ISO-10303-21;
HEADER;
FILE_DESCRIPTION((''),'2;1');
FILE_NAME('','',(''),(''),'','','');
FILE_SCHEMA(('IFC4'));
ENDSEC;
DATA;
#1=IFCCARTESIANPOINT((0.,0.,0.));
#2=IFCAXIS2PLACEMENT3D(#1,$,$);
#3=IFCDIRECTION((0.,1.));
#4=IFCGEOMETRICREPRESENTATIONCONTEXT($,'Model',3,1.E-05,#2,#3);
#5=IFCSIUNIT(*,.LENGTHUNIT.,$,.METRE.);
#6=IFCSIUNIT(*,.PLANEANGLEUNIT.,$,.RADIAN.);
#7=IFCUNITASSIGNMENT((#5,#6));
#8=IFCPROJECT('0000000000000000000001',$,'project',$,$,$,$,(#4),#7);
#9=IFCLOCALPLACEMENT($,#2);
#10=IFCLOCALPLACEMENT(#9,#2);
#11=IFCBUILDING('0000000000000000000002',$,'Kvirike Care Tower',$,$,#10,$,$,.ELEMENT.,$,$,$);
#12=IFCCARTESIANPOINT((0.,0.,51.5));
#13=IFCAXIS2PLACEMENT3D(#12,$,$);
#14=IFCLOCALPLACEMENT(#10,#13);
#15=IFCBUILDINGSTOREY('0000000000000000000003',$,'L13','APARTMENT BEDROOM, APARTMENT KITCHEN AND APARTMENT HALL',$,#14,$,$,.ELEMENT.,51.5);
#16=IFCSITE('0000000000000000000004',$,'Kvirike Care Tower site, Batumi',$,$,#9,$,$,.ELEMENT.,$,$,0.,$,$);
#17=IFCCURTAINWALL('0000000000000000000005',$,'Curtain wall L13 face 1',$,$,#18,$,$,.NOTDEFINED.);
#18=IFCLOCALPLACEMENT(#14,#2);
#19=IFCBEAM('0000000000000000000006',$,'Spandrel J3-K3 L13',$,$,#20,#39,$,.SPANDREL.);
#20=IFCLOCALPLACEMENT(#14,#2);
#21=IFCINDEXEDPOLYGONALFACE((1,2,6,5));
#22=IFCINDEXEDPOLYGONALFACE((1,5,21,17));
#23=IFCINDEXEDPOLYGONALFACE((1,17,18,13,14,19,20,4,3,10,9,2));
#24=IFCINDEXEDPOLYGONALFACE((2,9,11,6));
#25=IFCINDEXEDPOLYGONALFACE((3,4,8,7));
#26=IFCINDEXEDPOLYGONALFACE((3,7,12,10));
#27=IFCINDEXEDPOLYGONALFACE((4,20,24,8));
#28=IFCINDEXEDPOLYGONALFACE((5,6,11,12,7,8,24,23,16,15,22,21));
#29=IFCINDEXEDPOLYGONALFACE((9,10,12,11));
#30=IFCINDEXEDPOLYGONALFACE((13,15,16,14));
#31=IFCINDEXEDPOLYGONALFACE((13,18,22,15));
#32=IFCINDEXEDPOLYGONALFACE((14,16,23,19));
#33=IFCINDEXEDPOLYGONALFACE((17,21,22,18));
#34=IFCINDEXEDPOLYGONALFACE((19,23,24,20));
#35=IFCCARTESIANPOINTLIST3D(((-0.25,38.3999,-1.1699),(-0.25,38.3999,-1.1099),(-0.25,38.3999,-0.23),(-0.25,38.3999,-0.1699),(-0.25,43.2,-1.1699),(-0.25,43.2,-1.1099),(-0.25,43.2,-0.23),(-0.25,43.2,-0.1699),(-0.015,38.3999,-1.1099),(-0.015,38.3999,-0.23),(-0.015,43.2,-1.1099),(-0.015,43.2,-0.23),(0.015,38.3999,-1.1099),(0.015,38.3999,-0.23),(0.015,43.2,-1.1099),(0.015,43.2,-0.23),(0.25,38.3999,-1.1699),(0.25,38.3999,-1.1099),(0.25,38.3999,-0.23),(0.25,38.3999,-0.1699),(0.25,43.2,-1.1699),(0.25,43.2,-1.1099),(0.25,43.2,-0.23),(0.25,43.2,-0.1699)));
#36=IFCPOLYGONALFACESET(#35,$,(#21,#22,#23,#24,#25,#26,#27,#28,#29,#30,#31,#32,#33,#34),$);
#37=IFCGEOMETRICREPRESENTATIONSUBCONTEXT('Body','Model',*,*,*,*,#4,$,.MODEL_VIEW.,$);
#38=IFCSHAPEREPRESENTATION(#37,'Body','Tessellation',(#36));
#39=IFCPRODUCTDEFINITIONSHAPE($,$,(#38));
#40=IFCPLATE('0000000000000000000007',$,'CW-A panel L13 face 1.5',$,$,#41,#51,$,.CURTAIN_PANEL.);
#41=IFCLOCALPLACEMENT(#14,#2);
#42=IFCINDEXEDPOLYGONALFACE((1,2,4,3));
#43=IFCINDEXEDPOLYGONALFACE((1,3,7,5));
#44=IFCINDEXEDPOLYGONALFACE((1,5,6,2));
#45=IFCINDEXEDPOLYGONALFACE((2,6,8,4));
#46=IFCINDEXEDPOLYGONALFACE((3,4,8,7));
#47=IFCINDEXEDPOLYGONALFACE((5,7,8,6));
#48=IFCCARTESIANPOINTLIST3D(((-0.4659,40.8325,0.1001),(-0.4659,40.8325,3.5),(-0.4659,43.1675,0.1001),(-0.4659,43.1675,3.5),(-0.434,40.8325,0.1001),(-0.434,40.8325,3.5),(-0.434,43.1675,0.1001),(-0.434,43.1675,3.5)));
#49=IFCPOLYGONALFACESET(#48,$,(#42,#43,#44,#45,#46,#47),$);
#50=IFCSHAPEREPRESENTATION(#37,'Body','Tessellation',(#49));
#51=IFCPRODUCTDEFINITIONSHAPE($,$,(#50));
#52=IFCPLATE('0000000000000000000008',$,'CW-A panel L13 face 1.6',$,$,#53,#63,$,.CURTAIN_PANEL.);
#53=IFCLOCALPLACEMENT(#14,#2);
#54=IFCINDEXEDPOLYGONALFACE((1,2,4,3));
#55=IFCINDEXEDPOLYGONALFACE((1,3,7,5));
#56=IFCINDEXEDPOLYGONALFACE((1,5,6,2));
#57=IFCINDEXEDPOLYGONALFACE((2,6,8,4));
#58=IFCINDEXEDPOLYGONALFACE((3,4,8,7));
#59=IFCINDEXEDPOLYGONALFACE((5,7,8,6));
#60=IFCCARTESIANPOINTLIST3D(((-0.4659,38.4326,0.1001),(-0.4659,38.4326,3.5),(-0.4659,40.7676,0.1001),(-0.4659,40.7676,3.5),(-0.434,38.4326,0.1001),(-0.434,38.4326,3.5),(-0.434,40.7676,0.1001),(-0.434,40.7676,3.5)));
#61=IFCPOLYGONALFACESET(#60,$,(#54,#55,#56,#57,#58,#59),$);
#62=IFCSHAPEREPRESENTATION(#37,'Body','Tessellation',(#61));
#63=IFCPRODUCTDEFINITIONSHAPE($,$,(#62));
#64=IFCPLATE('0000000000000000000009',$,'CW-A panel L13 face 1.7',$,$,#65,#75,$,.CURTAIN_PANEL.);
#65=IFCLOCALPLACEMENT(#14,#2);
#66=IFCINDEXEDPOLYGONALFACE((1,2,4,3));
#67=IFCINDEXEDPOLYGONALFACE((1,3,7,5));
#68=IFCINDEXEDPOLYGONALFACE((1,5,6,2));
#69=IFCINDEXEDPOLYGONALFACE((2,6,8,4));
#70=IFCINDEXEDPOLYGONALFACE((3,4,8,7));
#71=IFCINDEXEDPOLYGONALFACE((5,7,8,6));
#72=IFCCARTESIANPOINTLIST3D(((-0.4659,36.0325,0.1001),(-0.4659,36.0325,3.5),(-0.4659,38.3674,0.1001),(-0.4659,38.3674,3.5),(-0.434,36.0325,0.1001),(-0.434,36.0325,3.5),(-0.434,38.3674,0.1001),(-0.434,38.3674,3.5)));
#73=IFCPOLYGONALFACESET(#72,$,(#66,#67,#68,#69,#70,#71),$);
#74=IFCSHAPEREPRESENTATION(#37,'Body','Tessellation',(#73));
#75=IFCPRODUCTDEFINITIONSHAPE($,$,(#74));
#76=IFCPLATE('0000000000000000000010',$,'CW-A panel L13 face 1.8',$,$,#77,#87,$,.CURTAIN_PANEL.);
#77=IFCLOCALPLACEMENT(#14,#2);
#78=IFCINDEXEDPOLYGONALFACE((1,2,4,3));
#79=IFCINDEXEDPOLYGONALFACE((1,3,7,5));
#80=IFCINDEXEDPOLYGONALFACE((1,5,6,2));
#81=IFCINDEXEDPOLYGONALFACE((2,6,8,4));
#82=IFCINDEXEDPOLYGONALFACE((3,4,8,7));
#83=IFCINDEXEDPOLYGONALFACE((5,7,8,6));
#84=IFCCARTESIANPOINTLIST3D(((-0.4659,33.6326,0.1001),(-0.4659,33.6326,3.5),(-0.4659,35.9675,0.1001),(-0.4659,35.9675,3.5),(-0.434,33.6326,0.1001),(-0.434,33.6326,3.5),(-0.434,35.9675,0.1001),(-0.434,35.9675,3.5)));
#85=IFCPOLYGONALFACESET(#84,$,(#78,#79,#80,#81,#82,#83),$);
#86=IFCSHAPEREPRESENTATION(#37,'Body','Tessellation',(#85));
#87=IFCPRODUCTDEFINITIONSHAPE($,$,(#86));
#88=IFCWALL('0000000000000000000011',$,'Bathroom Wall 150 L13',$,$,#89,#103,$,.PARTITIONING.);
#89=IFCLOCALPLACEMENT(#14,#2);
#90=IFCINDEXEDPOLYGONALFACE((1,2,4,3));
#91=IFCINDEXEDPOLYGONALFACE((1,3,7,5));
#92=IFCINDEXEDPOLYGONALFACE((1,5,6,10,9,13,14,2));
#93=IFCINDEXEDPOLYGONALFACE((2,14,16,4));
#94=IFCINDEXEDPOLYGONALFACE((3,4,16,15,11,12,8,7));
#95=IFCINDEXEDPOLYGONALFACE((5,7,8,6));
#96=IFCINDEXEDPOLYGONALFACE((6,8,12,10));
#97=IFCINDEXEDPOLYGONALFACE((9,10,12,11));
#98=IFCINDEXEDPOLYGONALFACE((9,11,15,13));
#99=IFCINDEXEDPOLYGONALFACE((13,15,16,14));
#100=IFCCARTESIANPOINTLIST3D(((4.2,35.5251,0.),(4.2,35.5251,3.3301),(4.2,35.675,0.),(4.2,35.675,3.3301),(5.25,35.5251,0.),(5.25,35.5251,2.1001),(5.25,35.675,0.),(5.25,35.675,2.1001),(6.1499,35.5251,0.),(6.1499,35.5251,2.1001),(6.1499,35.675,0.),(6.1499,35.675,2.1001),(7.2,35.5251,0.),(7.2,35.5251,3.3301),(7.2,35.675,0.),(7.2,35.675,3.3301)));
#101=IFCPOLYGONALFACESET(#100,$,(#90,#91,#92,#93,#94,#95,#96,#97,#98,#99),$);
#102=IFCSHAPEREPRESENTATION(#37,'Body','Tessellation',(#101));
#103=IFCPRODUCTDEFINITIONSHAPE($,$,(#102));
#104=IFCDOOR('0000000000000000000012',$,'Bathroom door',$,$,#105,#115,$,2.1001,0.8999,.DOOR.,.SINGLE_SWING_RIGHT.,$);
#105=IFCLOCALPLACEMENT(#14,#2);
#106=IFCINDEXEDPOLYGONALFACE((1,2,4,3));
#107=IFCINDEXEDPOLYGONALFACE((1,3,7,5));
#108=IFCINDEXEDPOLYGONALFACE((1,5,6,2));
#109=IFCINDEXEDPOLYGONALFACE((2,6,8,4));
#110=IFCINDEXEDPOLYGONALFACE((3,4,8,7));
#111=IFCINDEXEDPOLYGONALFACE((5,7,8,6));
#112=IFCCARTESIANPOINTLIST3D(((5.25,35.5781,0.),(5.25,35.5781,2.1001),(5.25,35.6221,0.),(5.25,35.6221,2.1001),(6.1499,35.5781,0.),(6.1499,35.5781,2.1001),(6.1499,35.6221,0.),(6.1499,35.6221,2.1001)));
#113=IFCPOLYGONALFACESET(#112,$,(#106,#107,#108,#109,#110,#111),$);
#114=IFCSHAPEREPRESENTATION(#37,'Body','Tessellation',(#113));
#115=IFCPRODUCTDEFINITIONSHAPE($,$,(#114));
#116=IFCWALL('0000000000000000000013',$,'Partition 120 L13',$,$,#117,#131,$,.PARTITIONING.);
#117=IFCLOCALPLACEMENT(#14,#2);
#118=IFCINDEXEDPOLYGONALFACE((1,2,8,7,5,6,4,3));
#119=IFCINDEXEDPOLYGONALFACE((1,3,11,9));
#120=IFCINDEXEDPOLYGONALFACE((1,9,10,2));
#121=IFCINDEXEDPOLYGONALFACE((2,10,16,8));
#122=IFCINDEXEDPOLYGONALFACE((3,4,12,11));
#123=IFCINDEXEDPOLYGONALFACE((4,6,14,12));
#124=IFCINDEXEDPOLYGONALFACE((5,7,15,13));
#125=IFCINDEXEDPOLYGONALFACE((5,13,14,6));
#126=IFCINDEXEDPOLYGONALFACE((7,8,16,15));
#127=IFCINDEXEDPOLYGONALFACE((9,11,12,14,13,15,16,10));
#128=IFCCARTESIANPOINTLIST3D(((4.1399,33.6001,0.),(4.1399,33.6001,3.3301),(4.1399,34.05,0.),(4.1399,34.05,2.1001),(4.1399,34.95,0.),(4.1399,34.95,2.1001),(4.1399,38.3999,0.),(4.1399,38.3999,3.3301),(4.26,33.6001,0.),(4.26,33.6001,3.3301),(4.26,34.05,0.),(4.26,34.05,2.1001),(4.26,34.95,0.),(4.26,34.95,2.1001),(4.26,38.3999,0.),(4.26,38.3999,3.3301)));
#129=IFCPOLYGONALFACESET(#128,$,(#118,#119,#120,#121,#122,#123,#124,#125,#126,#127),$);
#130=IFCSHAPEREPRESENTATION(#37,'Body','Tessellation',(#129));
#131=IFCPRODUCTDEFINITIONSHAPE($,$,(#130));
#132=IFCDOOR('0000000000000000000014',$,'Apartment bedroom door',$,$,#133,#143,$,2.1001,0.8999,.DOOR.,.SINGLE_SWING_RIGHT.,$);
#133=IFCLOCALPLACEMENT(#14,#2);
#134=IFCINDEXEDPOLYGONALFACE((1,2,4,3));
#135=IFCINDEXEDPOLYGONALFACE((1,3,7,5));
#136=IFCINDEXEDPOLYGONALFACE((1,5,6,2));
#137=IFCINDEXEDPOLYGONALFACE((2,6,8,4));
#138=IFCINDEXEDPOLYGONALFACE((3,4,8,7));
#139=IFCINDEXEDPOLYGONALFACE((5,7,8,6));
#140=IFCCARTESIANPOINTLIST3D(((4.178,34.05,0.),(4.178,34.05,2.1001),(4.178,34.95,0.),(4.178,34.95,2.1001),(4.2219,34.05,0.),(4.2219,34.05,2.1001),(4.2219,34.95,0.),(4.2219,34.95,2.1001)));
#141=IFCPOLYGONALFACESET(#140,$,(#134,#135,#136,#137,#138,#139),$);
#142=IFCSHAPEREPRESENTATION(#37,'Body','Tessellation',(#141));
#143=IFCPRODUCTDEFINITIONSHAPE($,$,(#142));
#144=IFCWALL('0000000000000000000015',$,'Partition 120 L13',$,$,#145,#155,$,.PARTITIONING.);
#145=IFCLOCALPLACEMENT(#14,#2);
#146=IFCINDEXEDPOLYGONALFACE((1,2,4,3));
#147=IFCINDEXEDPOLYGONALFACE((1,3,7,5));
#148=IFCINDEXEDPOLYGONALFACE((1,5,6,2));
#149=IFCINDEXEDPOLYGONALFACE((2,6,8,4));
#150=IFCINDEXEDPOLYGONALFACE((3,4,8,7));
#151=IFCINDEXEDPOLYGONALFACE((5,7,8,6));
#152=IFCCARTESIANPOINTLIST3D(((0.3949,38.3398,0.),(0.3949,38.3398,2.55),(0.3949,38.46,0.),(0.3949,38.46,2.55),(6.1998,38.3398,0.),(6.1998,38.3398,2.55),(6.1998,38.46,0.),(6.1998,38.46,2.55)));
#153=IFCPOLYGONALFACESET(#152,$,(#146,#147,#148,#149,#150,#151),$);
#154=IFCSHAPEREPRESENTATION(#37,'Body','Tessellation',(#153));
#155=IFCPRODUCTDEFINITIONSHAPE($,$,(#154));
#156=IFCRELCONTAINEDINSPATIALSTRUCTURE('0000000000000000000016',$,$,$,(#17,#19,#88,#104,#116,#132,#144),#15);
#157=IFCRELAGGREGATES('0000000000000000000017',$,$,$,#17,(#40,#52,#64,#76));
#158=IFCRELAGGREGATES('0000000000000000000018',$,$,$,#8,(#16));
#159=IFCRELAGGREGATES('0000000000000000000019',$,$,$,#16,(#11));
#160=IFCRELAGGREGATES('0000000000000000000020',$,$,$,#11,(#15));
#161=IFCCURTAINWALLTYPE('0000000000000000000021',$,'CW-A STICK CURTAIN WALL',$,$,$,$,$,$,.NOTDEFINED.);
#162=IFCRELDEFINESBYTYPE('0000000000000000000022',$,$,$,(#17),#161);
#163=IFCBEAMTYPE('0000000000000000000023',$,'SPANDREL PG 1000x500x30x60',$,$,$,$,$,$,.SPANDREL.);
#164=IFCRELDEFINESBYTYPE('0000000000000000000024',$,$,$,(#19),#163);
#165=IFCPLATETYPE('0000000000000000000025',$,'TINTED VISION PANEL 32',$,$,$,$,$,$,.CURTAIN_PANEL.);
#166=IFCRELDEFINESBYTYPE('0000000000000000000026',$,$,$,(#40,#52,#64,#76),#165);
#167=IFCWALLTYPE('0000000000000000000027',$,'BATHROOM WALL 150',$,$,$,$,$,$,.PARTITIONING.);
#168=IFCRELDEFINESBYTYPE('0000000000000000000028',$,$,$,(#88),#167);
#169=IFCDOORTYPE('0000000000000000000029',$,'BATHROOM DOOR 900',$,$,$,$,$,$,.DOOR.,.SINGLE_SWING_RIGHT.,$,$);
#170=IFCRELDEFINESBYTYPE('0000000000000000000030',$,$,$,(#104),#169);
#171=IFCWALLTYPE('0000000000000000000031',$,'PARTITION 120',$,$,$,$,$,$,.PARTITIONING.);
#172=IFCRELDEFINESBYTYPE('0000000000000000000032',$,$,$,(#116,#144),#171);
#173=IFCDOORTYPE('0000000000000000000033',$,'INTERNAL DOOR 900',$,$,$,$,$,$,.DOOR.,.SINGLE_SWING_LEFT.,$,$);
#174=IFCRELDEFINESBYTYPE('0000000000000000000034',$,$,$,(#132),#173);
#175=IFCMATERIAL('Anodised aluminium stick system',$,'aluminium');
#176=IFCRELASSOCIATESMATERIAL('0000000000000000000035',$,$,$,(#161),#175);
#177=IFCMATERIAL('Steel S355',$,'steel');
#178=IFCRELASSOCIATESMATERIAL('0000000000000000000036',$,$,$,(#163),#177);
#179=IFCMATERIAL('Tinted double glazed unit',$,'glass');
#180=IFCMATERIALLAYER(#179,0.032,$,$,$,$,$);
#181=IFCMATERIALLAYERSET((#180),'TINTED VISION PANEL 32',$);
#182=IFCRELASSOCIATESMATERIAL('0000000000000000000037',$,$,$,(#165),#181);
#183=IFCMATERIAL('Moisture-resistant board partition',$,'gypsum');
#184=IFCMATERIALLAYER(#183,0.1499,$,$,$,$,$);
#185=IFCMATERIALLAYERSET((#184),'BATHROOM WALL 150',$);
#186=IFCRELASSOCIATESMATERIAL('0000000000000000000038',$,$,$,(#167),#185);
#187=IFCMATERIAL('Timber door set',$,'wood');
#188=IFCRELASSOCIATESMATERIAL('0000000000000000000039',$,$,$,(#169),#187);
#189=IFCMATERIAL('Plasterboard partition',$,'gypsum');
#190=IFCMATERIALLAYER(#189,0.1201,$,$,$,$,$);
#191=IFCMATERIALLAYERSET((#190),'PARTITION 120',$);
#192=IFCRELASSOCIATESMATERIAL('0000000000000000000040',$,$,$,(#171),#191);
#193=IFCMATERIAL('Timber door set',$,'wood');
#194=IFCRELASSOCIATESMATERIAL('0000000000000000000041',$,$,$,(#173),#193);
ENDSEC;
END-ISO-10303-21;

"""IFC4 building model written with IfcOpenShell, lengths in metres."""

from ifc_helpers import new_model, si_unit, direction, frame, frame_2d, origin, origin_2d, place, context, subcontext, project, spatial, rectangle, i_section, extrude, material, layer, layer_set, material_profile, profile_set, type_object, element, fill, aggregate, save


model = new_model("IFC4")

# Units and contexts
model_context = context("Model", 3, precision=1e-05, world=origin(), true_north=direction((0.0, 1.0)))
body_context = subcontext(model_context, "Body", "Model", "MODEL_VIEW")
ifc_project = project(units=[si_unit("LENGTHUNIT", "METRE"), si_unit("PLANEANGLEUNIT", "RADIAN")], contexts=[model_context])

# Site, building, storey
site_placement = place(None, origin())
site = spatial("IfcSite", under=ifc_project, at=site_placement, Name="Kvirike Care Tower site, Batumi", CompositionType="ELEMENT", RefElevation=0.0)
building_placement = place(site_placement, origin())
building = spatial("IfcBuilding", under=site, at=building_placement, Name="Kvirike Care Tower", CompositionType="ELEMENT")
storey_placement = place(building_placement, frame((0.0, 0.0, 51.5)))
storey = spatial("IfcBuildingStorey", under=building, at=storey_placement, Name="L13", Description="APARTMENT BEDROOM, APARTMENT KITCHEN AND APARTMENT HALL", CompositionType="ELEMENT", Elevation=51.5)

# Curtain wall
ifc_material_1 = material(Name="Anodised aluminium stick system", Category="aluminium")
curtain_wall_type = type_object("IfcCurtainWallType", Name="CW-A STICK CURTAIN WALL", PredefinedType="NOTDEFINED", material=ifc_material_1)
curtain_wall_placement = place(storey_placement, origin())
curtain_wall = element("IfcCurtainWall", 1, at=curtain_wall_placement, inside=storey, type_object=curtain_wall_type, Name="Curtain wall L13 face 1", PredefinedType="NOTDEFINED")

# Beam
ifc_material_2 = material(Name="Steel S355", Category="steel")
ifc_material_profile_1 = material_profile(ifc_material_2, i_section(OverallWidth=0.5, OverallDepth=1.0, WebThickness=0.03, FlangeThickness=0.0601, at=origin_2d()), Name="PG 1000x500x30x60")
ifc_profile_set_1 = profile_set([ifc_material_profile_1], Name="Steel S355")
beam_type_1 = type_object("IfcBeamType", Name="SPANDREL PG 1000x500x30x60", PredefinedType="SPANDREL", material=ifc_profile_set_1)
beam_1_placement = place(storey_placement, frame((0.0, 38.3999, -0.6699), z_axis=(0.0, 1.0, 0.0), x_axis=(-1.0, 0.0, 0.0)))
element("IfcBeam", 2, at=beam_1_placement, inside=storey, type_object=beam_type_1, Name="Spandrel J3-K3 L13", PredefinedType="SPANDREL", context=body_context, shape_type="SweptSolid", body=[
    extrude(i_section(OverallWidth=0.5, OverallDepth=1.0, WebThickness=0.03, FlangeThickness=0.0601, at=origin_2d()), origin(), (0.0, 0.0, 1.0), 4.8),
])

# Plates
ifc_material_3 = material(Name="Tinted double glazed unit", Category="glass")
ifc_layer_1 = layer(ifc_material_3, 0.032)
ifc_layer_set_1 = layer_set([ifc_layer_1], Name="TINTED VISION PANEL 32")
plate_type = type_object("IfcPlateType", Name="TINTED VISION PANEL 32", PredefinedType="CURTAIN_PANEL", material=ifc_layer_set_1)
plate_1_placement = place(storey_placement, frame((-0.45, 42.0, 0.1001), z_axis=(0.0, 0.0, 1.0), x_axis=(0.0, -1.0, 0.0)))
plate_1 = element("IfcPlate", 3, at=plate_1_placement, type_object=plate_type, Name="CW-A panel L13 face 1.5", PredefinedType="CURTAIN_PANEL", context=body_context, shape_type="SweptSolid", body=[
    extrude(rectangle(XDim=2.335, YDim=0.032, at=origin_2d()), origin(), (0.0, 0.0, 1.0), 3.3999),
])
plate_2_placement = place(storey_placement, frame((-0.45, 39.6001, 0.1001), z_axis=(0.0, 0.0, 1.0), x_axis=(0.0, -1.0, 0.0)))
plate_2 = element("IfcPlate", 4, at=plate_2_placement, type_object=plate_type, Name="CW-A panel L13 face 1.6", PredefinedType="CURTAIN_PANEL", context=body_context, shape_type="SweptSolid", body=[
    extrude(rectangle(XDim=2.335, YDim=0.032, at=origin_2d()), origin(), (0.0, 0.0, 1.0), 3.3999),
])
plate_3_placement = place(storey_placement, frame((-0.45, 37.2, 0.1001), z_axis=(0.0, 0.0, 1.0), x_axis=(0.0, -1.0, 0.0)))
plate_3 = element("IfcPlate", 5, at=plate_3_placement, type_object=plate_type, Name="CW-A panel L13 face 1.7", PredefinedType="CURTAIN_PANEL", context=body_context, shape_type="SweptSolid", body=[
    extrude(rectangle(XDim=2.335, YDim=0.032, at=origin_2d()), origin(), (0.0, 0.0, 1.0), 3.3999),
])
plate_4_placement = place(storey_placement, frame((-0.45, 34.8, 0.1001), z_axis=(0.0, 0.0, 1.0), x_axis=(0.0, -1.0, 0.0)))
plate_4 = element("IfcPlate", 6, at=plate_4_placement, type_object=plate_type, Name="CW-A panel L13 face 1.8", PredefinedType="CURTAIN_PANEL", context=body_context, shape_type="SweptSolid", body=[
    extrude(rectangle(XDim=2.335, YDim=0.032, at=origin_2d()), origin(), (0.0, 0.0, 1.0), 3.3999),
])
aggregate(curtain_wall, [plate_1, plate_2, plate_3, plate_4])

# Walls, openings, doors
ifc_material_4 = material(Name="Moisture-resistant board partition", Category="gypsum")
ifc_layer_2 = layer(ifc_material_4, 0.1499)
ifc_layer_set_2 = layer_set([ifc_layer_2], Name="BATHROOM WALL 150")
wall_type_1 = type_object("IfcWallType", Name="BATHROOM WALL 150", PredefinedType="PARTITIONING", material=ifc_layer_set_2)
wall_1_placement = place(storey_placement, frame((4.2, 35.6001, 0.0), z_axis=(0.0, 0.0, 1.0), x_axis=(1.0, 0.0, 0.0)))
wall_1 = element("IfcWall", 7, at=wall_1_placement, inside=storey, type_object=wall_type_1, Name="Bathroom Wall 150 L13", PredefinedType="PARTITIONING", context=body_context, shape_type="SweptSolid", body=[
    extrude(rectangle(XDim=3.0, YDim=0.1499, at=frame_2d((1.5, 0.0))), origin(), (0.0, 0.0, 1.0), 3.3301),
])
opening_1_placement = place(wall_1_placement, frame((1.05, 0.0, 0.0)))
opening_1 = element("IfcOpeningElement", 8, at=opening_1_placement, cuts=wall_1, PredefinedType="OPENING", context=body_context, shape_type="SweptSolid", body=[
    extrude(rectangle(XDim=0.8999, YDim=2.1001, at=frame_2d((0.45, 1.05))), frame((0.0, 0.0854, 0.0), z_axis=(0.0, -1.0, 0.0), x_axis=(1.0, 0.0, 0.0)), (0.0, 0.0, 1.0), 0.1709),
])
ifc_material_5 = material(Name="Timber door set", Category="wood")
door_type_1 = type_object("IfcDoorType", Name="BATHROOM DOOR 900", OperationType="SINGLE_SWING_RIGHT", PredefinedType="DOOR", material=ifc_material_5)
door_1_placement = place(opening_1_placement, origin())
door_1 = element("IfcDoor", 9, at=door_1_placement, inside=storey, type_object=door_type_1, Name="Bathroom door", OperationType="SINGLE_SWING_RIGHT", OverallHeight=2.1001, OverallWidth=0.8999, PredefinedType="DOOR", context=body_context, shape_type="SweptSolid", body=[
    extrude(rectangle(XDim=0.8999, YDim=2.1001, at=frame_2d((0.45, 1.05))), frame((0.0, 0.022, 0.0), z_axis=(0.0, -1.0, 0.0), x_axis=(1.0, 0.0, 0.0)), (0.0, 0.0, 1.0), 0.0439),
])
fill(opening_1, door_1)
ifc_material_6 = material(Name="Plasterboard partition", Category="gypsum")
ifc_layer_3 = layer(ifc_material_6, 0.1201)
ifc_layer_set_3 = layer_set([ifc_layer_3], Name="PARTITION 120")
wall_type_2 = type_object("IfcWallType", Name="PARTITION 120", PredefinedType="PARTITIONING", material=ifc_layer_set_3)
wall_2_placement = place(storey_placement, frame((4.2, 38.3999, 0.0), z_axis=(0.0, 0.0, 1.0), x_axis=(0.0, -1.0, 0.0)))
wall_2 = element("IfcWall", 10, at=wall_2_placement, inside=storey, type_object=wall_type_2, Name="Partition 120 L13", PredefinedType="PARTITIONING", context=body_context, shape_type="SweptSolid", body=[
    extrude(rectangle(XDim=4.7998, YDim=0.1201, at=frame_2d((2.3999, 0.0))), origin(), (0.0, 0.0, 1.0), 3.3301),
])
opening_2_placement = place(wall_2_placement, frame((3.45, 0.0, 0.0)))
opening_2 = element("IfcOpeningElement", 11, at=opening_2_placement, cuts=wall_2, PredefinedType="OPENING", context=body_context, shape_type="SweptSolid", body=[
    extrude(rectangle(XDim=0.8999, YDim=2.1001, at=frame_2d((0.45, 1.05))), frame((0.0, 0.0706, 0.0), z_axis=(0.0, -1.0, 0.0), x_axis=(1.0, 0.0, 0.0)), (0.0, 0.0, 1.0), 0.1411),
])
ifc_material_7 = material(Name="Timber door set", Category="wood")
door_type_2 = type_object("IfcDoorType", Name="INTERNAL DOOR 900", OperationType="SINGLE_SWING_LEFT", PredefinedType="DOOR", material=ifc_material_7)
door_2_placement = place(opening_2_placement, frame((0.8999, 0.0, 0.0), z_axis=(0.0, 0.0, 1.0), x_axis=(-1.0, 0.0, 0.0)))
door_2 = element("IfcDoor", 12, at=door_2_placement, inside=storey, type_object=door_type_2, Name="Apartment bedroom door", OperationType="SINGLE_SWING_RIGHT", OverallHeight=2.1001, OverallWidth=0.8999, PredefinedType="DOOR", context=body_context, shape_type="SweptSolid", body=[
    extrude(rectangle(XDim=0.8999, YDim=2.1001, at=frame_2d((0.45, 1.05))), frame((0.0, 0.022, 0.0), z_axis=(0.0, -1.0, 0.0), x_axis=(1.0, 0.0, 0.0)), (0.0, 0.0, 1.0), 0.0439),
])
fill(opening_2, door_2)

# Wall
wall_3_placement = place(storey_placement, frame((0.395, 38.3999, 0.0), z_axis=(0.0, 0.0, 1.0), x_axis=(1.0, 0.0, 0.0)))
element("IfcWall", 13, at=wall_3_placement, inside=storey, type_object=wall_type_2, Name="Partition 120 L13", PredefinedType="PARTITIONING", context=body_context, shape_type="SweptSolid", body=[
    extrude(rectangle(XDim=5.8049, YDim=0.1201, at=frame_2d((2.9023, 0.0))), origin(), (0.0, 0.0, 1.0), 2.55),
])

save(model, "model.ifc")
